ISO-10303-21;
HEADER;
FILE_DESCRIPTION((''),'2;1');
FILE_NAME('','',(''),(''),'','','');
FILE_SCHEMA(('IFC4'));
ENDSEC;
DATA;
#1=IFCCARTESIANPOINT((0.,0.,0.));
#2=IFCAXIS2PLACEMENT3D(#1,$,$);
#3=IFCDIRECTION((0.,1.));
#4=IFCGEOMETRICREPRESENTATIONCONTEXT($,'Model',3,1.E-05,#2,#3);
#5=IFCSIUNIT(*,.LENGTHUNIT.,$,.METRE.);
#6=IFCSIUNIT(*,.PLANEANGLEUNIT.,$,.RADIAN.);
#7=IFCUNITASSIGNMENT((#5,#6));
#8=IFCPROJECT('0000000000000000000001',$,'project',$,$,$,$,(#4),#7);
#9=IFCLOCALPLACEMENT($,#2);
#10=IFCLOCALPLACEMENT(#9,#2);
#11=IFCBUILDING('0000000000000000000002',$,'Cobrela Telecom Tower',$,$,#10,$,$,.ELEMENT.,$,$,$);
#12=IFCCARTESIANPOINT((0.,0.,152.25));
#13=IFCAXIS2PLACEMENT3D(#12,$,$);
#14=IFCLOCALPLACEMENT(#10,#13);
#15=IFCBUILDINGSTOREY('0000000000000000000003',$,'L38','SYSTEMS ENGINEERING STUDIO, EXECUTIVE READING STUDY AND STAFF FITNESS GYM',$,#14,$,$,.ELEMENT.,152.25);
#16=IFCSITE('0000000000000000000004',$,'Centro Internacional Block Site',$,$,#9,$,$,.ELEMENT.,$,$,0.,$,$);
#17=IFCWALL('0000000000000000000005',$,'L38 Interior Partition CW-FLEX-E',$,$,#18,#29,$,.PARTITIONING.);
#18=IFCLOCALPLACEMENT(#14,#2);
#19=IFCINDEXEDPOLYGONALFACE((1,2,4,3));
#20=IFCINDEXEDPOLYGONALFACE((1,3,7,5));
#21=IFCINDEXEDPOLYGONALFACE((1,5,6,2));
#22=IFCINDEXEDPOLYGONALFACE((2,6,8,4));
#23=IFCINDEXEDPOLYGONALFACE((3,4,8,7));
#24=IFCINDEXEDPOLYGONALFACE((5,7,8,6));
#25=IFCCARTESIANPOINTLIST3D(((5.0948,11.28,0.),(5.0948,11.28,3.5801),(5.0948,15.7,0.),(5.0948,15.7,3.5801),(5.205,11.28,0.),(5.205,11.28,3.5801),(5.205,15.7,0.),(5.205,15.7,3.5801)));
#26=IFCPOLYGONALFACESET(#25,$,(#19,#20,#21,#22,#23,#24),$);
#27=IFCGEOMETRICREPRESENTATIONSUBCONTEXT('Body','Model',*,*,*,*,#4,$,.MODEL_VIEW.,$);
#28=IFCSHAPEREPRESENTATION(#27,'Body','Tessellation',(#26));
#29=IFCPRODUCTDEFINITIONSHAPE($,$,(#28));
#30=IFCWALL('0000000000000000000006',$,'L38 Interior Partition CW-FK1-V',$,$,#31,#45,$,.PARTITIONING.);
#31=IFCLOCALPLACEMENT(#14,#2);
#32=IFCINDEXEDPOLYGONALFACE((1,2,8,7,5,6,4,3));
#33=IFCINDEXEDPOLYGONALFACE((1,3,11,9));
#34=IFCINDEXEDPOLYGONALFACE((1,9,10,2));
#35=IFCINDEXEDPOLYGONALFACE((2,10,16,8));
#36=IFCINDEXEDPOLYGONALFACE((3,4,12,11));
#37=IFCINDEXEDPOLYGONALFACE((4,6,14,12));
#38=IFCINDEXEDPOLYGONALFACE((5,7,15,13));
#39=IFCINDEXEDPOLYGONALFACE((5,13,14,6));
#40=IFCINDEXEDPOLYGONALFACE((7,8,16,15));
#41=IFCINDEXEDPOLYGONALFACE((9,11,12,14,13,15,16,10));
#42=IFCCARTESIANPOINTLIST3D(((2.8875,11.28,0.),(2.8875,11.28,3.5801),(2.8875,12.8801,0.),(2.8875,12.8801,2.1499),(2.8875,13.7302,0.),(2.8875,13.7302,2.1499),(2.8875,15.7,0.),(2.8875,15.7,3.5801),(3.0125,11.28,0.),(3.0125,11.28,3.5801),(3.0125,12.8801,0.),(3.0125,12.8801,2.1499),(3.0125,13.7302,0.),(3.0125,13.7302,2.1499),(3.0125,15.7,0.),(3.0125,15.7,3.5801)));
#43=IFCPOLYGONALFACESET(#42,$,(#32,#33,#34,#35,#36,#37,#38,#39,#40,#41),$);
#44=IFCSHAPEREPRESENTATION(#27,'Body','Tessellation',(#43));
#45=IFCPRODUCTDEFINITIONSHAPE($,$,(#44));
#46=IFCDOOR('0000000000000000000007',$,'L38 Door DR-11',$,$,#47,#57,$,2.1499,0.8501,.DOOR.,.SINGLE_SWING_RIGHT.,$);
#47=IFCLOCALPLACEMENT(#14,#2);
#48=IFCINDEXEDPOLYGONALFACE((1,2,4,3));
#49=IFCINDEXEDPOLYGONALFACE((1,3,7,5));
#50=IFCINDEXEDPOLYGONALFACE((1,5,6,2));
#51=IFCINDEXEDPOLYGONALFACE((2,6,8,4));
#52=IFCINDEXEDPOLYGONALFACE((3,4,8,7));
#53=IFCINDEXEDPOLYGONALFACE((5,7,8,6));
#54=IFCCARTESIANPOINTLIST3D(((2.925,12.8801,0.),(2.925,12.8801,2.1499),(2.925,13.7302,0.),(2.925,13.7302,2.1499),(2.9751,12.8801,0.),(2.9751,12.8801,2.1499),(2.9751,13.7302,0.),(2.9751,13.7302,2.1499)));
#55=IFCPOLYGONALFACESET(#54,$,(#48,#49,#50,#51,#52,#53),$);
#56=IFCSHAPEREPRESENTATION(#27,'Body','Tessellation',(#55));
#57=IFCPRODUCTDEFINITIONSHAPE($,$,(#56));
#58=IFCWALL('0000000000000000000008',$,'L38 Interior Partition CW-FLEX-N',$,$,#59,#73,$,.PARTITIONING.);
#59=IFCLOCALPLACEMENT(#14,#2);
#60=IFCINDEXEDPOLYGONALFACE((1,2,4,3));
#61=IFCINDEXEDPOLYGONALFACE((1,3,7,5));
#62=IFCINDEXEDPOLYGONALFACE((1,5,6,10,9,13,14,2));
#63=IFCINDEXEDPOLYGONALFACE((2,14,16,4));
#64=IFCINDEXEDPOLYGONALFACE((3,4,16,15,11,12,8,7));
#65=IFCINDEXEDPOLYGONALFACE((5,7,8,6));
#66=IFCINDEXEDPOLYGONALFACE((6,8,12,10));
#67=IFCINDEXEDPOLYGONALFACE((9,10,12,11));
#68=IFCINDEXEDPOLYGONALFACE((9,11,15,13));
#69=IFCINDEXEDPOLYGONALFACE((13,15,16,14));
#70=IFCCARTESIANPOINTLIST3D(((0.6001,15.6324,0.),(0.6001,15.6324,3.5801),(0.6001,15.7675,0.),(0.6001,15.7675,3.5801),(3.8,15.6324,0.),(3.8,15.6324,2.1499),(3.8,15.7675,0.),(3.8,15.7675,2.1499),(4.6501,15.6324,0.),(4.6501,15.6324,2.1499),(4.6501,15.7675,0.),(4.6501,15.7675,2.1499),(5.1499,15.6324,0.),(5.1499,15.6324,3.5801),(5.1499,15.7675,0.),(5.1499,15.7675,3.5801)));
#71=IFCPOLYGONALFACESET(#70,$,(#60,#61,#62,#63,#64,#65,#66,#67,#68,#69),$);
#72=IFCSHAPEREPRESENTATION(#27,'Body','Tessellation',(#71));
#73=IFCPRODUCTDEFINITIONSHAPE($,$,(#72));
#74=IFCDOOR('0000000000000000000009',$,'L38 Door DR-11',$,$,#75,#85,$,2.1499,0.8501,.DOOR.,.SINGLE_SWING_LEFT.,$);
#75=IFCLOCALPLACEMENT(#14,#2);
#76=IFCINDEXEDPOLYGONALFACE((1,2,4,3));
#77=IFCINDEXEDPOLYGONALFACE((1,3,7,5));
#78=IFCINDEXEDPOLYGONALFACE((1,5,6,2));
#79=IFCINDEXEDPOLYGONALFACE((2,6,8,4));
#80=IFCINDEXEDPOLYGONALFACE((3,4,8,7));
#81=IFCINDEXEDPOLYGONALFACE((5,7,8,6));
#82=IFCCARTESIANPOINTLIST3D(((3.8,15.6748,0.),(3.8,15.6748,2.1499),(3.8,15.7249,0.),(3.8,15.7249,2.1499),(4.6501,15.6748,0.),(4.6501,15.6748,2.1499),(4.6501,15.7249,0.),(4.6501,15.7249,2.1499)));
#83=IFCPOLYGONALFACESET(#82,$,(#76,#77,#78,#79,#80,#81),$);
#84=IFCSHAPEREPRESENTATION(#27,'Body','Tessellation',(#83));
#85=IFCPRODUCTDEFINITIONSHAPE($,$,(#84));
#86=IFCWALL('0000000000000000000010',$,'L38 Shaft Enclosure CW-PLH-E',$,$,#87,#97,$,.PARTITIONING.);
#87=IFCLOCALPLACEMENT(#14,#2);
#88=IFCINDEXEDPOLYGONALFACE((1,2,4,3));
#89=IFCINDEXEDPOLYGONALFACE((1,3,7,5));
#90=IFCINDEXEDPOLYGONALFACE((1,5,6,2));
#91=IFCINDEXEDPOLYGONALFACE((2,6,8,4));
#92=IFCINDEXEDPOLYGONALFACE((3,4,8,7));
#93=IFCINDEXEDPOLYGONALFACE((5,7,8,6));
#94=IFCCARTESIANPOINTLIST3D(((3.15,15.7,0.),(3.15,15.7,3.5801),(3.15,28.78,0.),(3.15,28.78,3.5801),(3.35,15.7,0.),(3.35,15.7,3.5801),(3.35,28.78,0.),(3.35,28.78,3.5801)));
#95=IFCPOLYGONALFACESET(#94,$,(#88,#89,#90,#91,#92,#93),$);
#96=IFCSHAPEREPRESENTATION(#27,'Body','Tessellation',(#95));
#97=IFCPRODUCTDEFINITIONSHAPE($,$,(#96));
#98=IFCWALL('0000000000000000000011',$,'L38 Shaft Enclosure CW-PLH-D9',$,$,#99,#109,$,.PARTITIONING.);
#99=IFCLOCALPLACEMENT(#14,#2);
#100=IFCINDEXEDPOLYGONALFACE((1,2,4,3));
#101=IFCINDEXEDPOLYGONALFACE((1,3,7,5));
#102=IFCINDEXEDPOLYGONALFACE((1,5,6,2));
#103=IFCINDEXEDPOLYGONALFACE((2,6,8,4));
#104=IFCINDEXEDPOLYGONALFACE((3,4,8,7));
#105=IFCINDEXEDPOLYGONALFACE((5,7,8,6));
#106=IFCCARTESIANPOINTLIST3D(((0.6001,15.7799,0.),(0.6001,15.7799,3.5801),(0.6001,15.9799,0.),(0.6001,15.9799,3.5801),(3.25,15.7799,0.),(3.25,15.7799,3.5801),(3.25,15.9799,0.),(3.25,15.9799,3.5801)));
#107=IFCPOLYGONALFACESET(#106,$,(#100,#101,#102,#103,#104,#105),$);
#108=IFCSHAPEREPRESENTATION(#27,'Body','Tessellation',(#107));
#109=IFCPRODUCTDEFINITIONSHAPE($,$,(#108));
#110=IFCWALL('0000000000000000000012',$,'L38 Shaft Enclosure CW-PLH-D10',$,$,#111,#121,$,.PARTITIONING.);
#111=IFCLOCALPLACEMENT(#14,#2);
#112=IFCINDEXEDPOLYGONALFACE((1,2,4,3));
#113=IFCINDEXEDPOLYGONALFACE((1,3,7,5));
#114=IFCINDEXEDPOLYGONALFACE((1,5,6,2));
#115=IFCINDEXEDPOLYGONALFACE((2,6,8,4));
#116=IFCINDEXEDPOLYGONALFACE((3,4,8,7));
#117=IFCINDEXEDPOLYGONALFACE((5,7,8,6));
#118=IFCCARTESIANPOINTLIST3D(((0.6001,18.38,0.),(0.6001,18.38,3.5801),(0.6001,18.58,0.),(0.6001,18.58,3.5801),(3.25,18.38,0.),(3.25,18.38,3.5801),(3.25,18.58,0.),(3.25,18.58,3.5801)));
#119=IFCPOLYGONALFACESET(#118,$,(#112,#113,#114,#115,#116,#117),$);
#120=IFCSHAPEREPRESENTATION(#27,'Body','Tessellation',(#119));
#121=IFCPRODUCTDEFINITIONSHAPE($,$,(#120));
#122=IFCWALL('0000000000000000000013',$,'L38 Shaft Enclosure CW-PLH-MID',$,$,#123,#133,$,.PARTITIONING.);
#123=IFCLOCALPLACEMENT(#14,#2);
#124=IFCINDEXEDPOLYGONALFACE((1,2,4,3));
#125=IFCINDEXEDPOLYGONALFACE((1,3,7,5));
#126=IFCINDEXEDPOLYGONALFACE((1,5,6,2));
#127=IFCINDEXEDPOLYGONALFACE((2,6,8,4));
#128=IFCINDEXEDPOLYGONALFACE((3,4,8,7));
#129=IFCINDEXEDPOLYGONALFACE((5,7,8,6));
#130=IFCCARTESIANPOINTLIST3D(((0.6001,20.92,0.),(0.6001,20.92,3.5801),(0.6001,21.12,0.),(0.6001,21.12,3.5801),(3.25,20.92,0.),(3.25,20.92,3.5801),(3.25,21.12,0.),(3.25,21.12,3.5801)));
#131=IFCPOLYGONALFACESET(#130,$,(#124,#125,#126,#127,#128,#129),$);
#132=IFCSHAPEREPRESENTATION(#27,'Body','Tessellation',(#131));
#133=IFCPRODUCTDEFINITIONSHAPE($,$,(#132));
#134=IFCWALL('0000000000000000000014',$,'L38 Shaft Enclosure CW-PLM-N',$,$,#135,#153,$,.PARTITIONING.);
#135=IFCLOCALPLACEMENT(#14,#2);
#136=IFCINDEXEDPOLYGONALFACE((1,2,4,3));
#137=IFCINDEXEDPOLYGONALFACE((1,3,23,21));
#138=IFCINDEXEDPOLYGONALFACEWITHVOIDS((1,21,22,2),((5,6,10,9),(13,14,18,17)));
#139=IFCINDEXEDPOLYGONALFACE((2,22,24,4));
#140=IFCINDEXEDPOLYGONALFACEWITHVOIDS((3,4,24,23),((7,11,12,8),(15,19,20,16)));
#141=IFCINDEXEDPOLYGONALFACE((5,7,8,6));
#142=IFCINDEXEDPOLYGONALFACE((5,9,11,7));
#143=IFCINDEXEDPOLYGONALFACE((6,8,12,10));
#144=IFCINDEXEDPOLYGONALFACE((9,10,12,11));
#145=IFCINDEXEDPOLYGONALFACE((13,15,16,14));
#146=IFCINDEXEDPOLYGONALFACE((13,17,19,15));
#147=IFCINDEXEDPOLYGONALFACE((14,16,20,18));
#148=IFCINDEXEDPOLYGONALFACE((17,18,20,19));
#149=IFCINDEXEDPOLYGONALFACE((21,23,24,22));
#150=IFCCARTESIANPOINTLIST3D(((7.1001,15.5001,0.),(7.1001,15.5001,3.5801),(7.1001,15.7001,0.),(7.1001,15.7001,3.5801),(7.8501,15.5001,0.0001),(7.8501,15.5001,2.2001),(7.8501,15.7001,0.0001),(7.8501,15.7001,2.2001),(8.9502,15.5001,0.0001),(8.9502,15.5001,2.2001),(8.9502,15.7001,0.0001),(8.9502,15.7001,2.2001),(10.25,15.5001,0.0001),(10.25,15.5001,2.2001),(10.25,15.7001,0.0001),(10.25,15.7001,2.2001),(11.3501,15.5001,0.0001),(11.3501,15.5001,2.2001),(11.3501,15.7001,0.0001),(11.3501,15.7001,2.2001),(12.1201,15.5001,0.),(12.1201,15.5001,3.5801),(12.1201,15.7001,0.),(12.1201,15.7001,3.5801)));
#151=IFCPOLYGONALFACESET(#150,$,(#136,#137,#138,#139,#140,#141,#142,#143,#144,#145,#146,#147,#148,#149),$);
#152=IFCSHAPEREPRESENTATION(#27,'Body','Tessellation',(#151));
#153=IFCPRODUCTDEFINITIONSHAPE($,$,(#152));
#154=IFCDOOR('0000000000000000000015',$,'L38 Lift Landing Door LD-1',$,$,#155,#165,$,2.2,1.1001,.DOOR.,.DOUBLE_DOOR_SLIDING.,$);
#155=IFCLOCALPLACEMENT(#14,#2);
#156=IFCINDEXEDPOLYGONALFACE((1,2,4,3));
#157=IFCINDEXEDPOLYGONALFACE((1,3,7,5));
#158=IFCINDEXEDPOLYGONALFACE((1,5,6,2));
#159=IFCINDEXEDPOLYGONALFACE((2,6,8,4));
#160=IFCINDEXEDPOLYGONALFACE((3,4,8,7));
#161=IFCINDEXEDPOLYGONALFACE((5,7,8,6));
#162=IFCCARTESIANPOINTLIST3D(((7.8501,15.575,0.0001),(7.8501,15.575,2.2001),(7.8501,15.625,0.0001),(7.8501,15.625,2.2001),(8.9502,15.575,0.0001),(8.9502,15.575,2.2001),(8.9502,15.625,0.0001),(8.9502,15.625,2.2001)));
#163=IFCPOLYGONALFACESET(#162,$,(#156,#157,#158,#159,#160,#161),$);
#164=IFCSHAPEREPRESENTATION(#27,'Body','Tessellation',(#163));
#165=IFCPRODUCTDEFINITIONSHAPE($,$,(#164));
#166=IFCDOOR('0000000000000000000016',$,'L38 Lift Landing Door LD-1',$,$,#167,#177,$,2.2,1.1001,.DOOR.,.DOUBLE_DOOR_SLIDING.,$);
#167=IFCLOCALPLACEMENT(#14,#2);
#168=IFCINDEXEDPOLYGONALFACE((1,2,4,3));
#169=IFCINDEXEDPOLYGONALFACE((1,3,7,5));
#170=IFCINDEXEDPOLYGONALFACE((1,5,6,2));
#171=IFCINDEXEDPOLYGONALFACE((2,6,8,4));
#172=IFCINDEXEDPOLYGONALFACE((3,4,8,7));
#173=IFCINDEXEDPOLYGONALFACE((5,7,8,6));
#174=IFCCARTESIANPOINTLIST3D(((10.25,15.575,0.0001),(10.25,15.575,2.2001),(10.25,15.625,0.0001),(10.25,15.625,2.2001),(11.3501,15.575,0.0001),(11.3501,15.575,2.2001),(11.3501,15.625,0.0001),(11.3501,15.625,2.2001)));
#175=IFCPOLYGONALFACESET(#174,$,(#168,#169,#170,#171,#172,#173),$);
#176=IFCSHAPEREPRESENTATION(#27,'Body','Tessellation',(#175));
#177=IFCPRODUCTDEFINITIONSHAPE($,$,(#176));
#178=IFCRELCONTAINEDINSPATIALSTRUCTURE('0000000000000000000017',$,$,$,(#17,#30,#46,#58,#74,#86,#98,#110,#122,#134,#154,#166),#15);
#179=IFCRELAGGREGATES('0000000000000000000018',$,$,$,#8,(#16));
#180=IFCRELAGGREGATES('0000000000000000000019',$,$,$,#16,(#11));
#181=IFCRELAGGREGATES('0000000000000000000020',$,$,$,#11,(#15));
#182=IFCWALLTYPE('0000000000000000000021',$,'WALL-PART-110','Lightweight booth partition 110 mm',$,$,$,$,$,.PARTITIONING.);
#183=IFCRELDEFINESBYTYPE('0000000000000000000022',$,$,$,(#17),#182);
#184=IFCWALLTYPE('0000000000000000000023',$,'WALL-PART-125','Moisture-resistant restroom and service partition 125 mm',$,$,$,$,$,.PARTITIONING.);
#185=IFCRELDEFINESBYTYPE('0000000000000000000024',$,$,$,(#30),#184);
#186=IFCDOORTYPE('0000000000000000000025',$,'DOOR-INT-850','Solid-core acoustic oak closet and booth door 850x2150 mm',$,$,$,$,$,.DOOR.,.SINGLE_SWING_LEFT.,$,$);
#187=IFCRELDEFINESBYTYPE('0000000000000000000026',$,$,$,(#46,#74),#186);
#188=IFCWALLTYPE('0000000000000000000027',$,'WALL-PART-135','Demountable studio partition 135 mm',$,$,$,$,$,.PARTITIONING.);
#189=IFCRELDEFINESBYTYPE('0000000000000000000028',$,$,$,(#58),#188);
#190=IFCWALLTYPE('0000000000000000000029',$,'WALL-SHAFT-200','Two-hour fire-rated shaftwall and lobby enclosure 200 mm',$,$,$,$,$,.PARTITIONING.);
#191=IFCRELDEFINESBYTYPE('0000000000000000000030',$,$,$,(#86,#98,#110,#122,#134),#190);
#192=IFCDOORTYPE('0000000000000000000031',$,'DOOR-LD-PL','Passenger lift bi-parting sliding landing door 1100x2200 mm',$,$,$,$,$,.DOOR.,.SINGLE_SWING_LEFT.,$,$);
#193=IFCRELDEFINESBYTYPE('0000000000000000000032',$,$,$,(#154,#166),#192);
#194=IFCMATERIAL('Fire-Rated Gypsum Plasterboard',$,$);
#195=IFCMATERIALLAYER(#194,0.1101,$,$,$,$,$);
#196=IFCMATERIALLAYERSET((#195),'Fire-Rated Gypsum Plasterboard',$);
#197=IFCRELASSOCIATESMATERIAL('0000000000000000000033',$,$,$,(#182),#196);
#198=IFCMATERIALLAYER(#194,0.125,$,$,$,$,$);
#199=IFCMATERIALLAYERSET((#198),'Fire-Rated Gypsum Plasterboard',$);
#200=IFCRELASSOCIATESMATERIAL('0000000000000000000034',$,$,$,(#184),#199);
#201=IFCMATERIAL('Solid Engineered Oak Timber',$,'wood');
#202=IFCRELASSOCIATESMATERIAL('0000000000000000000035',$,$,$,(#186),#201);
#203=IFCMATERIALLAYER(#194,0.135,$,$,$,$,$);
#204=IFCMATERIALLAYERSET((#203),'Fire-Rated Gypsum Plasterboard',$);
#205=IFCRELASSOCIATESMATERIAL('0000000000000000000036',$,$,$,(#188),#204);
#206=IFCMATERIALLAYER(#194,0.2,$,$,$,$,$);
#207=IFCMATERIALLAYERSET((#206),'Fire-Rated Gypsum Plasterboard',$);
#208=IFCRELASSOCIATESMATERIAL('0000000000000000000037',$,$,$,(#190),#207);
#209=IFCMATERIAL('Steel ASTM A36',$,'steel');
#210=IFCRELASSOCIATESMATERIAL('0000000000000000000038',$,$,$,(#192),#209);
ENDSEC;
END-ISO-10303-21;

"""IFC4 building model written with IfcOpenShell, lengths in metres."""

from ifc_helpers import new_model, si_unit, direction, frame, frame_2d, origin, place, context, subcontext, project, spatial, rectangle, extrude, material, layer, layer_set, type_object, element, fill, save


model = new_model("IFC4")

# Units and contexts
model_context = context("Model", 3, precision=1e-05, world=origin(), true_north=direction((0.0, 1.0)))
body_context = subcontext(model_context, "Body", "Model", "MODEL_VIEW")
ifc_project = project(units=[si_unit("LENGTHUNIT", "METRE"), si_unit("PLANEANGLEUNIT", "RADIAN")], contexts=[model_context])

# Site, building, storey
site_placement = place(None, origin())
site = spatial("IfcSite", under=ifc_project, at=site_placement, Name="Centro Internacional Block Site", CompositionType="ELEMENT", RefElevation=0.0)
building_placement = place(site_placement, origin())
building = spatial("IfcBuilding", under=site, at=building_placement, Name="Cobrela Telecom Tower", CompositionType="ELEMENT")
storey_placement = place(building_placement, frame((0.0, 0.0, 152.25)))
storey = spatial("IfcBuildingStorey", under=building, at=storey_placement, Name="L38", Description="SYSTEMS ENGINEERING STUDIO, EXECUTIVE READING STUDY AND STAFF FITNESS GYM", CompositionType="ELEMENT", Elevation=152.25)

# Wall
ifc_material_1 = material(Name="Fire-Rated Gypsum Plasterboard")
ifc_layer_1 = layer(ifc_material_1, 0.1101)
ifc_layer_set_1 = layer_set([ifc_layer_1], Name="Fire-Rated Gypsum Plasterboard")
wall_type_1 = type_object("IfcWallType", Name="WALL-PART-110", Description="Lightweight booth partition 110 mm", PredefinedType="PARTITIONING", material=ifc_layer_set_1)
wall_1_placement = place(storey_placement, frame((5.1499, 11.28, 0.0), z_axis=(0.0, 0.0, 1.0), x_axis=(0.0, 1.0, 0.0)))
element("IfcWall", 1, at=wall_1_placement, inside=storey, type_object=wall_type_1, Name="L38 Interior Partition CW-FLEX-E", PredefinedType="PARTITIONING", context=body_context, shape_type="SweptSolid", body=[
    extrude(rectangle(XDim=4.4199, YDim=0.1101, at=frame_2d((2.21, 0.0))), origin(), (0.0, 0.0, 1.0), 3.5801),
])

# Walls, openings, doors
ifc_layer_2 = layer(ifc_material_1, 0.125)
ifc_layer_set_2 = layer_set([ifc_layer_2], Name="Fire-Rated Gypsum Plasterboard")
wall_type_2 = type_object("IfcWallType", Name="WALL-PART-125", Description="Moisture-resistant restroom and service partition 125 mm", PredefinedType="PARTITIONING", material=ifc_layer_set_2)
wall_2_placement = place(storey_placement, frame((2.95, 11.28, 0.0), z_axis=(0.0, 0.0, 1.0), x_axis=(0.0, 1.0, 0.0)))
wall_2 = element("IfcWall", 2, at=wall_2_placement, inside=storey, type_object=wall_type_2, Name="L38 Interior Partition CW-FK1-V", PredefinedType="PARTITIONING", context=body_context, shape_type="SweptSolid", body=[
    extrude(rectangle(XDim=4.4199, YDim=0.125, at=frame_2d((2.21, 0.0))), origin(), (0.0, 0.0, 1.0), 3.5801),
])
opening_1_placement = place(wall_2_placement, frame((1.6001, 0.0, 0.0)))
opening_1 = element("IfcOpeningElement", 3, at=opening_1_placement, cuts=wall_2, PredefinedType="OPENING", context=body_context, shape_type="SweptSolid", body=[
    extrude(rectangle(XDim=0.8501, YDim=2.1499, at=frame_2d((0.425, 1.075))), frame((0.0, 0.0745, 0.0), z_axis=(0.0, -1.0, 0.0), x_axis=(1.0, 0.0, 0.0)), (0.0, 0.0, 1.0), 0.1489),
])
ifc_material_2 = material(Name="Solid Engineered Oak Timber", Category="wood")
door_type_1 = type_object("IfcDoorType", Name="DOOR-INT-850", Description="Solid-core acoustic oak closet and booth door 850x2150 mm", OperationType="SINGLE_SWING_LEFT", PredefinedType="DOOR", material=ifc_material_2)
door_1_placement = place(opening_1_placement, origin())
door_1 = element("IfcDoor", 4, at=door_1_placement, inside=storey, type_object=door_type_1, Name="L38 Door DR-11", OperationType="SINGLE_SWING_RIGHT", OverallHeight=2.1499, OverallWidth=0.8501, PredefinedType="DOOR", context=body_context, shape_type="SweptSolid", body=[
    extrude(rectangle(XDim=0.8501, YDim=2.1499, at=frame_2d((0.425, 1.075))), frame((0.0, 0.0249, 0.0), z_axis=(0.0, -1.0, 0.0), x_axis=(1.0, 0.0, 0.0)), (0.0, 0.0, 1.0), 0.05),
])
fill(opening_1, door_1)
ifc_layer_3 = layer(ifc_material_1, 0.135)
ifc_layer_set_3 = layer_set([ifc_layer_3], Name="Fire-Rated Gypsum Plasterboard")
wall_type_3 = type_object("IfcWallType", Name="WALL-PART-135", Description="Demountable studio partition 135 mm", PredefinedType="PARTITIONING", material=ifc_layer_set_3)
wall_3_placement = place(storey_placement, frame((0.6001, 15.7, 0.0), z_axis=(0.0, 0.0, 1.0), x_axis=(1.0, 0.0, 0.0)))
wall_3 = element("IfcWall", 5, at=wall_3_placement, inside=storey, type_object=wall_type_3, Name="L38 Interior Partition CW-FLEX-N", PredefinedType="PARTITIONING", context=body_context, shape_type="SweptSolid", body=[
    extrude(rectangle(XDim=4.5498, YDim=0.135, at=frame_2d((2.2749, 0.0))), origin(), (0.0, 0.0, 1.0), 3.5801),
])
opening_2_placement = place(wall_3_placement, frame((3.2, 0.0, 0.0)))
opening_2 = element("IfcOpeningElement", 6, at=opening_2_placement, cuts=wall_3, PredefinedType="OPENING", context=body_context, shape_type="SweptSolid", body=[
    extrude(rectangle(XDim=0.8501, YDim=2.1499, at=frame_2d((0.425, 1.075))), frame((0.0, 0.0796, 0.0), z_axis=(0.0, -1.0, 0.0), x_axis=(1.0, 0.0, 0.0)), (0.0, 0.0, 1.0), 0.1589),
])
door_2_placement = place(opening_2_placement, origin())
door_2 = element("IfcDoor", 7, at=door_2_placement, inside=storey, type_object=door_type_1, Name="L38 Door DR-11", OperationType="SINGLE_SWING_LEFT", OverallHeight=2.1499, OverallWidth=0.8501, PredefinedType="DOOR", context=body_context, shape_type="SweptSolid", body=[
    extrude(rectangle(XDim=0.8501, YDim=2.1499, at=frame_2d((0.425, 1.075))), frame((0.0, 0.0249, 0.0), z_axis=(0.0, -1.0, 0.0), x_axis=(1.0, 0.0, 0.0)), (0.0, 0.0, 1.0), 0.05),
])
fill(opening_2, door_2)

# Walls
ifc_layer_4 = layer(ifc_material_1, 0.2)
ifc_layer_set_4 = layer_set([ifc_layer_4], Name="Fire-Rated Gypsum Plasterboard")
wall_type_4 = type_object("IfcWallType", Name="WALL-SHAFT-200", Description="Two-hour fire-rated shaftwall and lobby enclosure 200 mm", PredefinedType="PARTITIONING", material=ifc_layer_set_4)
wall_4_placement = place(storey_placement, frame((3.25, 15.7, 0.0), z_axis=(0.0, 0.0, 1.0), x_axis=(0.0, 1.0, 0.0)))
element("IfcWall", 8, at=wall_4_placement, inside=storey, type_object=wall_type_4, Name="L38 Shaft Enclosure CW-PLH-E", PredefinedType="PARTITIONING", context=body_context, shape_type="SweptSolid", body=[
    extrude(rectangle(XDim=13.0801, YDim=0.2, at=frame_2d((6.54, 0.0))), origin(), (0.0, 0.0, 1.0), 3.5801),
])
for number, where, z_axis, x_axis, name in (
    (9, (0.6001, 15.8799, 0.0), (0.0, 0.0, 1.0), (1.0, 0.0, 0.0), "L38 Shaft Enclosure CW-PLH-D9"),
    (10, (0.6001, 18.48, 0.0), (0.0, 0.0, 1.0), (1.0, 0.0, 0.0), "L38 Shaft Enclosure CW-PLH-D10"),
    (11, (0.6001, 21.02, 0.0), (0.0, 0.0, 1.0), (1.0, 0.0, 0.0), "L38 Shaft Enclosure CW-PLH-MID"),
):
    element("IfcWall", number, at=place(storey_placement, frame(where, z_axis=z_axis, x_axis=x_axis)), inside=storey, type_object=wall_type_4, Name=name, PredefinedType="PARTITIONING", context=body_context, shape_type="SweptSolid", body=[
        extrude(rectangle(XDim=2.6499, YDim=0.2, at=frame_2d((1.325, 0.0))), origin(), (0.0, 0.0, 1.0), 3.5801),
    ])

# Wall, openings, doors
wall_5_placement = place(storey_placement, frame((7.1001, 15.6001, 0.0), z_axis=(0.0, 0.0, 1.0), x_axis=(1.0, 0.0, 0.0)))
wall_5 = element("IfcWall", 12, at=wall_5_placement, inside=storey, type_object=wall_type_4, Name="L38 Shaft Enclosure CW-PLM-N", PredefinedType="PARTITIONING", context=body_context, shape_type="SweptSolid", body=[
    extrude(rectangle(XDim=5.02, YDim=0.2, at=frame_2d((2.51, 0.0))), origin(), (0.0, 0.0, 1.0), 3.5801),
])
opening_3_placement = place(wall_5_placement, frame((0.75, 0.0, 0.0)))
opening_3 = element("IfcOpeningElement", 13, at=opening_3_placement, cuts=wall_5, PredefinedType="OPENING", context=body_context, shape_type="SweptSolid", body=[
    extrude(rectangle(XDim=1.1001, YDim=2.2, at=frame_2d((0.55, 1.1001))), frame((0.0, 0.1118, 0.0), z_axis=(0.0, -1.0, 0.0), x_axis=(1.0, 0.0, 0.0)), (0.0, 0.0, 1.0), 0.2239),
])
opening_4_placement = place(wall_5_placement, frame((3.1499, 0.0, 0.0)))
opening_4 = element("IfcOpeningElement", 14, at=opening_4_placement, cuts=wall_5, PredefinedType="OPENING", context=body_context, shape_type="SweptSolid", body=[
    extrude(rectangle(XDim=1.1001, YDim=2.2, at=frame_2d((0.55, 1.1001))), frame((0.0, 0.1118, 0.0), z_axis=(0.0, -1.0, 0.0), x_axis=(1.0, 0.0, 0.0)), (0.0, 0.0, 1.0), 0.2239),
])
ifc_material_3 = material(Name="Steel ASTM A36", Category="steel")
door_type_2 = type_object("IfcDoorType", Name="DOOR-LD-PL", Description="Passenger lift bi-parting sliding landing door 1100x2200 mm", OperationType="SINGLE_SWING_LEFT", PredefinedType="DOOR", material=ifc_material_3)
door_3_placement = place(opening_3_placement, origin())
door_3 = element("IfcDoor", 15, at=door_3_placement, inside=storey, type_object=door_type_2, Name="L38 Lift Landing Door LD-1", OperationType="DOUBLE_DOOR_SLIDING", OverallHeight=2.2, OverallWidth=1.1001, PredefinedType="DOOR", context=body_context, shape_type="SweptSolid", body=[
    extrude(rectangle(XDim=1.1001, YDim=2.2, at=frame_2d((0.55, 1.1001))), frame((0.0, 0.0249, 0.0), z_axis=(0.0, -1.0, 0.0), x_axis=(1.0, 0.0, 0.0)), (0.0, 0.0, 1.0), 0.05),
])
fill(opening_3, door_3)
door_4_placement = place(opening_4_placement, origin())
door_4 = element("IfcDoor", 16, at=door_4_placement, inside=storey, type_object=door_type_2, Name="L38 Lift Landing Door LD-1", OperationType="DOUBLE_DOOR_SLIDING", OverallHeight=2.2, OverallWidth=1.1001, PredefinedType="DOOR", context=body_context, shape_type="SweptSolid", body=[
    extrude(rectangle(XDim=1.1001, YDim=2.2, at=frame_2d((0.55, 1.1001))), frame((0.0, 0.0249, 0.0), z_axis=(0.0, -1.0, 0.0), x_axis=(1.0, 0.0, 0.0)), (0.0, 0.0, 1.0), 0.05),
])
fill(opening_4, door_4)

save(model, "model.ifc")
